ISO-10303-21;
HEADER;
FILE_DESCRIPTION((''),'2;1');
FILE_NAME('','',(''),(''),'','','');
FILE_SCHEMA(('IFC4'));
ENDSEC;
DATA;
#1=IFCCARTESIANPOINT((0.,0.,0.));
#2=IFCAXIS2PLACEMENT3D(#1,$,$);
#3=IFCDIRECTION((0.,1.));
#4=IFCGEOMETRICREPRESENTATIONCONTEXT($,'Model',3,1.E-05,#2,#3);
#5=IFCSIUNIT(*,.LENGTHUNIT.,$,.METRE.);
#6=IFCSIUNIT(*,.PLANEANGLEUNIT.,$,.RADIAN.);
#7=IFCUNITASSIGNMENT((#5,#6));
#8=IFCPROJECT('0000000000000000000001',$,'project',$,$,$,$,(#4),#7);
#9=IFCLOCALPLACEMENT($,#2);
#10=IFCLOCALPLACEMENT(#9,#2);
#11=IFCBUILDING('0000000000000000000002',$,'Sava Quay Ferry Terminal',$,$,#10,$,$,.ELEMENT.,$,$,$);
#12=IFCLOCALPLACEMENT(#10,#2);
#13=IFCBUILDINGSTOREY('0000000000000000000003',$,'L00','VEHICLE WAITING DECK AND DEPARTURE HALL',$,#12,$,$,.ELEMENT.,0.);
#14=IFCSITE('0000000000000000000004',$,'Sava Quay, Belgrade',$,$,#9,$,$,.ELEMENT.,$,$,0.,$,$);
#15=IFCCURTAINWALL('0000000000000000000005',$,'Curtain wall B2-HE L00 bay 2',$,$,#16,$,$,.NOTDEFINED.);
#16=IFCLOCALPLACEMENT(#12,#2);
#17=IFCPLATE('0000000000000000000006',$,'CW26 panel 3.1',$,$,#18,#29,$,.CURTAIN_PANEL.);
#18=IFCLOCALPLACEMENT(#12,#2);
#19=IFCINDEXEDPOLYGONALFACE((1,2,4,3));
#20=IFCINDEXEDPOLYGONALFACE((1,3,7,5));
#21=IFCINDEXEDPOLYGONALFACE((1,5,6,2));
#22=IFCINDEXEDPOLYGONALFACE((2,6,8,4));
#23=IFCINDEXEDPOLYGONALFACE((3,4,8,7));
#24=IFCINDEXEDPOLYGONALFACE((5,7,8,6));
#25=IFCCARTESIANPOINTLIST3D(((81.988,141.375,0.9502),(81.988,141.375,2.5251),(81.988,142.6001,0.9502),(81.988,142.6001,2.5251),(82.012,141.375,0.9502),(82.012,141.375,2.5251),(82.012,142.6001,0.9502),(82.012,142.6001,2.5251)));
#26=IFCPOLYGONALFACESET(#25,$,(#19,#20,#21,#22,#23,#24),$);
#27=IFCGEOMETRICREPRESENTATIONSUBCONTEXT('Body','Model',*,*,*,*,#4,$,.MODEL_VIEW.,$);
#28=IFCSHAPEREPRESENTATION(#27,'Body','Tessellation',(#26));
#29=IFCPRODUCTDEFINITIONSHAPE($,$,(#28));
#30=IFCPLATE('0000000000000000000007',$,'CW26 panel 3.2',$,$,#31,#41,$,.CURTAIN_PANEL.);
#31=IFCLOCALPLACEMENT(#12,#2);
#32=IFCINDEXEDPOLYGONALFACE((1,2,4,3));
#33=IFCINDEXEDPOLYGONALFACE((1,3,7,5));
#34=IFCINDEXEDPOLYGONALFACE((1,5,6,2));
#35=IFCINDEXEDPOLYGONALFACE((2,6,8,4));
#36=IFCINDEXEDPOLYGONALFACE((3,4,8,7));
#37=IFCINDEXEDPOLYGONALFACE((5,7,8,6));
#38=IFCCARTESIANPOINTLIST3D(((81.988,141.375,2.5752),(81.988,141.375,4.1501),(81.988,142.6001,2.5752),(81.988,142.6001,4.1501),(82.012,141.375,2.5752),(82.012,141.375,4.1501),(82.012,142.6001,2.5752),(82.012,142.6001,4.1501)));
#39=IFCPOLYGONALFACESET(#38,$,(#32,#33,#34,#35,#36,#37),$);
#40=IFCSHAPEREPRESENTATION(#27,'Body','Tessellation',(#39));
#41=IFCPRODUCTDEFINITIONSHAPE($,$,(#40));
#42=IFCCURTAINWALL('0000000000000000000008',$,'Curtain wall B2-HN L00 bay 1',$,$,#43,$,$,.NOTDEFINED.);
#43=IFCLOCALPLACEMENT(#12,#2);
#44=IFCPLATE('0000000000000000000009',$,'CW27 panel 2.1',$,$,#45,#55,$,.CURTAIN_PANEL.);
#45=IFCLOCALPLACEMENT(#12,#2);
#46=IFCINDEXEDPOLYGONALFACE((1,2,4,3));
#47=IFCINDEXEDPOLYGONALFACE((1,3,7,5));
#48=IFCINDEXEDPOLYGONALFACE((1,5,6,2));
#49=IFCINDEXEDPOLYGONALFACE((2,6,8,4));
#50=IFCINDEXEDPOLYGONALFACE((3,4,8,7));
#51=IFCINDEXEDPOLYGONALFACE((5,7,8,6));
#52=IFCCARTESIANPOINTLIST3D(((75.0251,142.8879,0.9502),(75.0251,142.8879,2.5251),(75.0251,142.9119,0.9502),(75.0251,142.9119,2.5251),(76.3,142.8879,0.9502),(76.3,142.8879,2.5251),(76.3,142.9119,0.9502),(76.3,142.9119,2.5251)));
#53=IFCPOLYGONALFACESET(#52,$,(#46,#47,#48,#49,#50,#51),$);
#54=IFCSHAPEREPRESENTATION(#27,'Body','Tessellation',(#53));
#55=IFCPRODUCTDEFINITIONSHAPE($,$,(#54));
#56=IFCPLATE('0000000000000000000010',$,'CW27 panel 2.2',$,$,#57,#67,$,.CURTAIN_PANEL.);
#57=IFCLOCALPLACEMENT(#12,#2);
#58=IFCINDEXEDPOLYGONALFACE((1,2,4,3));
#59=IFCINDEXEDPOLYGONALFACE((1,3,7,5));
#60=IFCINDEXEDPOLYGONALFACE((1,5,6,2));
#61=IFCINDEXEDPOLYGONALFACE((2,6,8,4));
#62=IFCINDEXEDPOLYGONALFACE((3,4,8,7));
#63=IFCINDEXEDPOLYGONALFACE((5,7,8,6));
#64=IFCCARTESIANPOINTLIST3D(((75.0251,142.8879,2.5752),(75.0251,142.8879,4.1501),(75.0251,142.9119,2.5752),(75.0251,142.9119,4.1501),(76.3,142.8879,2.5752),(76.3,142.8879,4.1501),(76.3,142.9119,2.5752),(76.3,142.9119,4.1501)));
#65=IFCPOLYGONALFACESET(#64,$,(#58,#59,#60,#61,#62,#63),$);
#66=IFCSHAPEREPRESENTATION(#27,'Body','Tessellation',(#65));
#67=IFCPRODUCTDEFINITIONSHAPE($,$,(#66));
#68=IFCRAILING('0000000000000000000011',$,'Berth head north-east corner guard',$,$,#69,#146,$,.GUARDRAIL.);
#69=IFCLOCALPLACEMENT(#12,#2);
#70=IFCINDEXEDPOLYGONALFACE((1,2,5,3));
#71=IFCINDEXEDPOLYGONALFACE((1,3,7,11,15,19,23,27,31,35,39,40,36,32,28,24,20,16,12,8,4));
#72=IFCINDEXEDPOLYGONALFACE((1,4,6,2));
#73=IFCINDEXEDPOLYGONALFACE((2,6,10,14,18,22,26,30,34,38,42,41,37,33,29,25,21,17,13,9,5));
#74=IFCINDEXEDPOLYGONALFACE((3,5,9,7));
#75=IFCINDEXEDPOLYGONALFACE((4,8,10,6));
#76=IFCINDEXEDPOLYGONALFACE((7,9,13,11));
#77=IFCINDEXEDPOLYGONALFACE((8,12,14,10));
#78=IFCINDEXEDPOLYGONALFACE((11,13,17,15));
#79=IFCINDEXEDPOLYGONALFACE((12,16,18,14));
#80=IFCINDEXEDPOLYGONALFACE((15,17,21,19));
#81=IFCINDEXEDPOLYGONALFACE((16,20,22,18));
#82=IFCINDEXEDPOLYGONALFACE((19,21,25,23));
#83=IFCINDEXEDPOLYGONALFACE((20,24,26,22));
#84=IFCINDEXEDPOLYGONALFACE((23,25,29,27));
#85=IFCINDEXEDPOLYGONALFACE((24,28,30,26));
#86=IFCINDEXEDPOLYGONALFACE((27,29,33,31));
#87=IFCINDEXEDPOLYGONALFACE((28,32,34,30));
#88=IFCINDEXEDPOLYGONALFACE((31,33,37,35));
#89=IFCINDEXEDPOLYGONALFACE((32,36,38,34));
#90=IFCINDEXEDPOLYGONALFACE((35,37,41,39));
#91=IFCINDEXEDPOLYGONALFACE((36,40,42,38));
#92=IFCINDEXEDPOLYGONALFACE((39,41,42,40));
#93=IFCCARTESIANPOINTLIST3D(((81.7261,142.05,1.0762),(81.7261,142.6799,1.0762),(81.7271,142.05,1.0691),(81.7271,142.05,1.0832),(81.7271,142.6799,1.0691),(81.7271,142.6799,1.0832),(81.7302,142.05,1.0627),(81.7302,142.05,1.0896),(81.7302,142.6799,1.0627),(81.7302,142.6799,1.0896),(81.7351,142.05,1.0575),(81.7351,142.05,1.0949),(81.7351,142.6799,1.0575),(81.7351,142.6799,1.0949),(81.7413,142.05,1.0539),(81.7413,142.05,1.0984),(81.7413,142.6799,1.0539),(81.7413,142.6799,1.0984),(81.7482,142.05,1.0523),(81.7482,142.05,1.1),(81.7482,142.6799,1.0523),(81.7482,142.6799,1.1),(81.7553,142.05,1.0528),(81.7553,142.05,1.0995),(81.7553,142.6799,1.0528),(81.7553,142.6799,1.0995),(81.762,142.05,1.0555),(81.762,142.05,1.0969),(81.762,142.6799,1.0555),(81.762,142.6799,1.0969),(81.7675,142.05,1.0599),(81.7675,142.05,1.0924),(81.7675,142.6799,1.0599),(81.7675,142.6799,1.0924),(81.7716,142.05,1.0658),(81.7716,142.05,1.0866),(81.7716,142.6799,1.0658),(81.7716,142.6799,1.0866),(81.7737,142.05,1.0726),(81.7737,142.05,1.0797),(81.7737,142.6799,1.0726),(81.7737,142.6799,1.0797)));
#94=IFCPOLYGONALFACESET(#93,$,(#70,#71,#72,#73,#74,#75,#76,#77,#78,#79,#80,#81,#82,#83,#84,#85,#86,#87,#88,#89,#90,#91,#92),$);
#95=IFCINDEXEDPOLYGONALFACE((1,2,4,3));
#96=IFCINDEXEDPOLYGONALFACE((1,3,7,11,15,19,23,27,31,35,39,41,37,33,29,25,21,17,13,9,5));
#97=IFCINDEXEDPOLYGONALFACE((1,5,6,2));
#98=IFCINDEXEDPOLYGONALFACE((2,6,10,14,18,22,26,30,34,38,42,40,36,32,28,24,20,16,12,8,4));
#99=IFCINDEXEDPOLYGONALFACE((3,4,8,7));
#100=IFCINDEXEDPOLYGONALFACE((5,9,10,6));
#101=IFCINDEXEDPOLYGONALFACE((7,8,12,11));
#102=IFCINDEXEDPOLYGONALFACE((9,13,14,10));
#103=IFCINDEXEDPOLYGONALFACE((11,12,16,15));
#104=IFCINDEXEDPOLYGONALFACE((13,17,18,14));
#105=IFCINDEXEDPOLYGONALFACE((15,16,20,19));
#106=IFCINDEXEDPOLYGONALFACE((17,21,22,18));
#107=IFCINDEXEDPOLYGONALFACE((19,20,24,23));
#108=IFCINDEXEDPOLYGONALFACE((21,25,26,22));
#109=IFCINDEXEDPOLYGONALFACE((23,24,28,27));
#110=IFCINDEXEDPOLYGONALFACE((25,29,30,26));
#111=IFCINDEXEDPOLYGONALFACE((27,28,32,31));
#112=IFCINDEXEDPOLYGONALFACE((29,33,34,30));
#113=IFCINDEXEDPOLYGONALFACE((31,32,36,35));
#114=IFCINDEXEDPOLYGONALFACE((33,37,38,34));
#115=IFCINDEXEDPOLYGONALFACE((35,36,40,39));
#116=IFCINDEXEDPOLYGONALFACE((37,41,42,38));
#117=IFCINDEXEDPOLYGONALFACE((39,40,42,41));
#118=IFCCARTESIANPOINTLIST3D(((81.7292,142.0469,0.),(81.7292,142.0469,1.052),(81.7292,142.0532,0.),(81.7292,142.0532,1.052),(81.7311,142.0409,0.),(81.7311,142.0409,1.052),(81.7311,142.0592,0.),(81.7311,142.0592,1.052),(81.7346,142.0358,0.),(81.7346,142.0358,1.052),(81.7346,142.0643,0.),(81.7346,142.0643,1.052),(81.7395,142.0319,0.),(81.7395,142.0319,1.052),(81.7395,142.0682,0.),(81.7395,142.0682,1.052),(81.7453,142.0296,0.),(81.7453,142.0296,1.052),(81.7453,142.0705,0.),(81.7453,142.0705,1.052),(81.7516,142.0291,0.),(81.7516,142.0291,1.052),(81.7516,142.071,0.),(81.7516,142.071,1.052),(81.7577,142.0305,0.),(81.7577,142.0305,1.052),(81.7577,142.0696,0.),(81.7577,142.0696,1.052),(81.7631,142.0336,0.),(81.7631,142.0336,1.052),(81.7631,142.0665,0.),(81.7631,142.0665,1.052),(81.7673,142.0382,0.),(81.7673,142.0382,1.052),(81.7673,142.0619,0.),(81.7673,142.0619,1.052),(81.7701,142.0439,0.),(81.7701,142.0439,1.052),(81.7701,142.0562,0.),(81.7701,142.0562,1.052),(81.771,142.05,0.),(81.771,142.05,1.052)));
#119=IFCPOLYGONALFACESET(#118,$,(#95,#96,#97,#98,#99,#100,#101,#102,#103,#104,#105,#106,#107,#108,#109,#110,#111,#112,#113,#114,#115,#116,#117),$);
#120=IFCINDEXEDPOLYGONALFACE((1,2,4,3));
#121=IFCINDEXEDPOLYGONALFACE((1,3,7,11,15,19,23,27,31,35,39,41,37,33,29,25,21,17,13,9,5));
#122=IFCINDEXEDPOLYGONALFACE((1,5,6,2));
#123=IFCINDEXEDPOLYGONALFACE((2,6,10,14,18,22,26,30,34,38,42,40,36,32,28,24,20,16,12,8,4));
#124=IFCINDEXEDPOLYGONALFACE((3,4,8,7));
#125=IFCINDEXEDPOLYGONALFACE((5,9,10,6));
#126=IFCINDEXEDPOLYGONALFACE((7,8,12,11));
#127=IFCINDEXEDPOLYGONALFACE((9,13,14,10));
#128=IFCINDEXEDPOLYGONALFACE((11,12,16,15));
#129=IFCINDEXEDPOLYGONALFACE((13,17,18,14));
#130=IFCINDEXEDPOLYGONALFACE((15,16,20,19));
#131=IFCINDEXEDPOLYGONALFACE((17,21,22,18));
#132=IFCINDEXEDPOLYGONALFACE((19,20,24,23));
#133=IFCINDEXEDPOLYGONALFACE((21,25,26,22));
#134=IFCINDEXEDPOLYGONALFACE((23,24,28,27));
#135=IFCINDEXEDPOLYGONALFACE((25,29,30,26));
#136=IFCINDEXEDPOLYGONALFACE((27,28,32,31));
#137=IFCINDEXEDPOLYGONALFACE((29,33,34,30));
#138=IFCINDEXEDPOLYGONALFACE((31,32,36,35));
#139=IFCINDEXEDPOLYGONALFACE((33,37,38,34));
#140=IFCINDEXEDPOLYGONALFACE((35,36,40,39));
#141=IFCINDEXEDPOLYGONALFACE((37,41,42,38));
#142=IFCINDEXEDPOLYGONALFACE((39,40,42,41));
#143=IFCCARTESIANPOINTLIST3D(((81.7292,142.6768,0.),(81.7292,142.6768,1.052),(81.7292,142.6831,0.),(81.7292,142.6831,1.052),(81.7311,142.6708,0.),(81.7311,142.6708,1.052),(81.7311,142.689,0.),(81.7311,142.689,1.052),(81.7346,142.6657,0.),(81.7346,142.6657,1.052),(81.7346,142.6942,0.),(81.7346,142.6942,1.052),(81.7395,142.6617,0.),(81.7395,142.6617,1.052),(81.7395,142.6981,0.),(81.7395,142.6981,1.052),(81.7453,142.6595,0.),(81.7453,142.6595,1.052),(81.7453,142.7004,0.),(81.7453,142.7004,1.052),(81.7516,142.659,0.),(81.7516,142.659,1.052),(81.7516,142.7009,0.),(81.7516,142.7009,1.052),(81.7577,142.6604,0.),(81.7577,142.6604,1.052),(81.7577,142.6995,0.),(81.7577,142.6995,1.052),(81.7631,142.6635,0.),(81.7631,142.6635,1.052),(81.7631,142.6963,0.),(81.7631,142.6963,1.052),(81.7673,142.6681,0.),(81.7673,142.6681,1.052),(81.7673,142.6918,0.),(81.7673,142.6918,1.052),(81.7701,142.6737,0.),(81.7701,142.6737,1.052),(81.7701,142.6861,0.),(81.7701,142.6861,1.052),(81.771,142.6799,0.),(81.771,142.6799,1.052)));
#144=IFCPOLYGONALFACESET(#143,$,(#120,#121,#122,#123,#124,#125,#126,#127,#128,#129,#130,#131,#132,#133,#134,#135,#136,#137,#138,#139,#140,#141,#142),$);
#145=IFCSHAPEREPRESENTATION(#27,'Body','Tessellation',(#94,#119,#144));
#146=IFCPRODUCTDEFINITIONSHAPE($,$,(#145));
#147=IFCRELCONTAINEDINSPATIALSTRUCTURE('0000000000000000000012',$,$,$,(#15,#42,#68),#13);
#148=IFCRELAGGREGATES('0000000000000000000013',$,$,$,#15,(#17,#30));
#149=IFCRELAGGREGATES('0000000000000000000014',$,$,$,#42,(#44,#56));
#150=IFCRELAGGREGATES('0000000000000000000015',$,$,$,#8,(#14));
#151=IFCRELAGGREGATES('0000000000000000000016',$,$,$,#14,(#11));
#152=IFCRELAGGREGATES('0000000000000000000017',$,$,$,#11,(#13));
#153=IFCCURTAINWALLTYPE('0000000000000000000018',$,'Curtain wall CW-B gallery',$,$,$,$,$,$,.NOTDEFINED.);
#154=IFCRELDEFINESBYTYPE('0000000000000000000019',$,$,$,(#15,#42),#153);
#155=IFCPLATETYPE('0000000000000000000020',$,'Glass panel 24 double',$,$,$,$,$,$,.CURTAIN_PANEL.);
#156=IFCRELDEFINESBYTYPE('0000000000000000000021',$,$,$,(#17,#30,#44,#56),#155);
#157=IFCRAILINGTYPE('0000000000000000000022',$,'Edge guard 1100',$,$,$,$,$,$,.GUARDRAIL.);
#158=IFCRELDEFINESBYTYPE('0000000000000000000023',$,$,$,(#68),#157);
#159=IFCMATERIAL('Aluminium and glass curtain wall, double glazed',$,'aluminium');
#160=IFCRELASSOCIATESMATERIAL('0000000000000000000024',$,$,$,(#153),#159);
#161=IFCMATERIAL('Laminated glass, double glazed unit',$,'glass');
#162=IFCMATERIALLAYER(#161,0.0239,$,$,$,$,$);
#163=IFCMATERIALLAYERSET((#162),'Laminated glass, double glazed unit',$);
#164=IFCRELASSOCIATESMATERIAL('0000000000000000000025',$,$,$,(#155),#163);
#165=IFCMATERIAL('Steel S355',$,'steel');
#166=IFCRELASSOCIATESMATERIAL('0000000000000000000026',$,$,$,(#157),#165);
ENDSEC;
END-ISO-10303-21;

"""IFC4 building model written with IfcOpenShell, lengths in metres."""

from ifc_helpers import new_model, si_unit, direction, frame, origin, origin_2d, place, context, subcontext, project, spatial, rectangle, circle, extrude, material, layer, layer_set, type_object, element, aggregate, save


model = new_model("IFC4")

# Units and contexts
model_context = context("Model", 3, precision=1e-05, world=origin(), true_north=direction((0.0, 1.0)))
body_context = subcontext(model_context, "Body", "Model", "MODEL_VIEW")
ifc_project = project(units=[si_unit("LENGTHUNIT", "METRE"), si_unit("PLANEANGLEUNIT", "RADIAN")], contexts=[model_context])

# Site, building, storey
site_placement = place(None, origin())
site = spatial("IfcSite", under=ifc_project, at=site_placement, Name="Sava Quay, Belgrade", CompositionType="ELEMENT", RefElevation=0.0)
building_placement = place(site_placement, origin())
building = spatial("IfcBuilding", under=site, at=building_placement, Name="Sava Quay Ferry Terminal", CompositionType="ELEMENT")
storey_placement = place(building_placement, origin())
storey = spatial("IfcBuildingStorey", under=building, at=storey_placement, Name="L00", Description="VEHICLE WAITING DECK AND DEPARTURE HALL", CompositionType="ELEMENT", Elevation=0.0)

# Curtain wall, plates
ifc_material_1 = material(Name="Aluminium and glass curtain wall, double glazed", Category="aluminium")
curtain_wall_type = type_object("IfcCurtainWallType", Name="Curtain wall CW-B gallery", PredefinedType="NOTDEFINED", material=ifc_material_1)
curtain_wall_1_placement = place(storey_placement, origin())
curtain_wall_1 = element("IfcCurtainWall", 1, at=curtain_wall_1_placement, inside=storey, type_object=curtain_wall_type, Name="Curtain wall B2-HE L00 bay 2", PredefinedType="NOTDEFINED")
ifc_material_2 = material(Name="Laminated glass, double glazed unit", Category="glass")
ifc_layer_1 = layer(ifc_material_2, 0.0239)
ifc_layer_set_1 = layer_set([ifc_layer_1], Name="Laminated glass, double glazed unit")
plate_type = type_object("IfcPlateType", Name="Glass panel 24 double", PredefinedType="CURTAIN_PANEL", material=ifc_layer_set_1)
plate_1_placement = place(storey_placement, frame((82.0, 141.9875, 0.9502), z_axis=(0.0, 0.0, 1.0), x_axis=(0.0, 1.0, 0.0)))
plate_1 = element("IfcPlate", 2, at=plate_1_placement, type_object=plate_type, Name="CW26 panel 3.1", PredefinedType="CURTAIN_PANEL", context=body_context, shape_type="SweptSolid", body=[
    extrude(rectangle(XDim=1.2251, YDim=0.0239, at=origin_2d()), origin(), (0.0, 0.0, 1.0), 1.575),
])
plate_2_placement = place(storey_placement, frame((82.0, 141.9875, 2.5752), z_axis=(0.0, 0.0, 1.0), x_axis=(0.0, 1.0, 0.0)))
plate_2 = element("IfcPlate", 3, at=plate_2_placement, type_object=plate_type, Name="CW26 panel 3.2", PredefinedType="CURTAIN_PANEL", context=body_context, shape_type="SweptSolid", body=[
    extrude(rectangle(XDim=1.2251, YDim=0.0239, at=origin_2d()), origin(), (0.0, 0.0, 1.0), 1.575),
])
aggregate(curtain_wall_1, [plate_1, plate_2])

# Curtain wall, plates
curtain_wall_2_placement = place(storey_placement, origin())
curtain_wall_2 = element("IfcCurtainWall", 4, at=curtain_wall_2_placement, inside=storey, type_object=curtain_wall_type, Name="Curtain wall B2-HN L00 bay 1", PredefinedType="NOTDEFINED")
plate_3_placement = place(storey_placement, frame((75.6626, 142.8999, 0.9502), z_axis=(0.0, 0.0, 1.0), x_axis=(1.0, 0.0, 0.0)))
plate_3 = element("IfcPlate", 5, at=plate_3_placement, type_object=plate_type, Name="CW27 panel 2.1", PredefinedType="CURTAIN_PANEL", context=body_context, shape_type="SweptSolid", body=[
    extrude(rectangle(XDim=1.2749, YDim=0.0239, at=origin_2d()), origin(), (0.0, 0.0, 1.0), 1.575),
])
plate_4_placement = place(storey_placement, frame((75.6626, 142.8999, 2.5752), z_axis=(0.0, 0.0, 1.0), x_axis=(1.0, 0.0, 0.0)))
plate_4 = element("IfcPlate", 6, at=plate_4_placement, type_object=plate_type, Name="CW27 panel 2.2", PredefinedType="CURTAIN_PANEL", context=body_context, shape_type="SweptSolid", body=[
    extrude(rectangle(XDim=1.2749, YDim=0.0239, at=origin_2d()), origin(), (0.0, 0.0, 1.0), 1.575),
])
aggregate(curtain_wall_2, [plate_3, plate_4])

# Railing
ifc_material_3 = material(Name="Steel S355", Category="steel")
railing_type = type_object("IfcRailingType", Name="Edge guard 1100", PredefinedType="GUARDRAIL", material=ifc_material_3)
railing_1_placement = place(storey_placement, frame((81.75, 142.05, 0.0)))
element("IfcRailing", 7, at=railing_1_placement, inside=storey, type_object=railing_type, Name="Berth head north-east corner guard", PredefinedType="GUARDRAIL", context=body_context, shape_type="SweptSolid", body=[
    extrude(circle(Radius=0.0239, at=origin_2d()), frame((0.0, 0.0, 1.0762), z_axis=(0.0, 1.0, 0.0), x_axis=(-1.0, 0.0, 0.0)), (0.0, 0.0, 1.0), 0.6299),
    extrude(circle(Radius=0.021, at=origin_2d()), origin(), (0.0, 0.0, 1.0), 1.052),
    extrude(circle(Radius=0.021, at=origin_2d()), frame((0.0, 0.6299, 0.0)), (0.0, 0.0, 1.0), 1.052),
])

save(model, "model.ifc")
